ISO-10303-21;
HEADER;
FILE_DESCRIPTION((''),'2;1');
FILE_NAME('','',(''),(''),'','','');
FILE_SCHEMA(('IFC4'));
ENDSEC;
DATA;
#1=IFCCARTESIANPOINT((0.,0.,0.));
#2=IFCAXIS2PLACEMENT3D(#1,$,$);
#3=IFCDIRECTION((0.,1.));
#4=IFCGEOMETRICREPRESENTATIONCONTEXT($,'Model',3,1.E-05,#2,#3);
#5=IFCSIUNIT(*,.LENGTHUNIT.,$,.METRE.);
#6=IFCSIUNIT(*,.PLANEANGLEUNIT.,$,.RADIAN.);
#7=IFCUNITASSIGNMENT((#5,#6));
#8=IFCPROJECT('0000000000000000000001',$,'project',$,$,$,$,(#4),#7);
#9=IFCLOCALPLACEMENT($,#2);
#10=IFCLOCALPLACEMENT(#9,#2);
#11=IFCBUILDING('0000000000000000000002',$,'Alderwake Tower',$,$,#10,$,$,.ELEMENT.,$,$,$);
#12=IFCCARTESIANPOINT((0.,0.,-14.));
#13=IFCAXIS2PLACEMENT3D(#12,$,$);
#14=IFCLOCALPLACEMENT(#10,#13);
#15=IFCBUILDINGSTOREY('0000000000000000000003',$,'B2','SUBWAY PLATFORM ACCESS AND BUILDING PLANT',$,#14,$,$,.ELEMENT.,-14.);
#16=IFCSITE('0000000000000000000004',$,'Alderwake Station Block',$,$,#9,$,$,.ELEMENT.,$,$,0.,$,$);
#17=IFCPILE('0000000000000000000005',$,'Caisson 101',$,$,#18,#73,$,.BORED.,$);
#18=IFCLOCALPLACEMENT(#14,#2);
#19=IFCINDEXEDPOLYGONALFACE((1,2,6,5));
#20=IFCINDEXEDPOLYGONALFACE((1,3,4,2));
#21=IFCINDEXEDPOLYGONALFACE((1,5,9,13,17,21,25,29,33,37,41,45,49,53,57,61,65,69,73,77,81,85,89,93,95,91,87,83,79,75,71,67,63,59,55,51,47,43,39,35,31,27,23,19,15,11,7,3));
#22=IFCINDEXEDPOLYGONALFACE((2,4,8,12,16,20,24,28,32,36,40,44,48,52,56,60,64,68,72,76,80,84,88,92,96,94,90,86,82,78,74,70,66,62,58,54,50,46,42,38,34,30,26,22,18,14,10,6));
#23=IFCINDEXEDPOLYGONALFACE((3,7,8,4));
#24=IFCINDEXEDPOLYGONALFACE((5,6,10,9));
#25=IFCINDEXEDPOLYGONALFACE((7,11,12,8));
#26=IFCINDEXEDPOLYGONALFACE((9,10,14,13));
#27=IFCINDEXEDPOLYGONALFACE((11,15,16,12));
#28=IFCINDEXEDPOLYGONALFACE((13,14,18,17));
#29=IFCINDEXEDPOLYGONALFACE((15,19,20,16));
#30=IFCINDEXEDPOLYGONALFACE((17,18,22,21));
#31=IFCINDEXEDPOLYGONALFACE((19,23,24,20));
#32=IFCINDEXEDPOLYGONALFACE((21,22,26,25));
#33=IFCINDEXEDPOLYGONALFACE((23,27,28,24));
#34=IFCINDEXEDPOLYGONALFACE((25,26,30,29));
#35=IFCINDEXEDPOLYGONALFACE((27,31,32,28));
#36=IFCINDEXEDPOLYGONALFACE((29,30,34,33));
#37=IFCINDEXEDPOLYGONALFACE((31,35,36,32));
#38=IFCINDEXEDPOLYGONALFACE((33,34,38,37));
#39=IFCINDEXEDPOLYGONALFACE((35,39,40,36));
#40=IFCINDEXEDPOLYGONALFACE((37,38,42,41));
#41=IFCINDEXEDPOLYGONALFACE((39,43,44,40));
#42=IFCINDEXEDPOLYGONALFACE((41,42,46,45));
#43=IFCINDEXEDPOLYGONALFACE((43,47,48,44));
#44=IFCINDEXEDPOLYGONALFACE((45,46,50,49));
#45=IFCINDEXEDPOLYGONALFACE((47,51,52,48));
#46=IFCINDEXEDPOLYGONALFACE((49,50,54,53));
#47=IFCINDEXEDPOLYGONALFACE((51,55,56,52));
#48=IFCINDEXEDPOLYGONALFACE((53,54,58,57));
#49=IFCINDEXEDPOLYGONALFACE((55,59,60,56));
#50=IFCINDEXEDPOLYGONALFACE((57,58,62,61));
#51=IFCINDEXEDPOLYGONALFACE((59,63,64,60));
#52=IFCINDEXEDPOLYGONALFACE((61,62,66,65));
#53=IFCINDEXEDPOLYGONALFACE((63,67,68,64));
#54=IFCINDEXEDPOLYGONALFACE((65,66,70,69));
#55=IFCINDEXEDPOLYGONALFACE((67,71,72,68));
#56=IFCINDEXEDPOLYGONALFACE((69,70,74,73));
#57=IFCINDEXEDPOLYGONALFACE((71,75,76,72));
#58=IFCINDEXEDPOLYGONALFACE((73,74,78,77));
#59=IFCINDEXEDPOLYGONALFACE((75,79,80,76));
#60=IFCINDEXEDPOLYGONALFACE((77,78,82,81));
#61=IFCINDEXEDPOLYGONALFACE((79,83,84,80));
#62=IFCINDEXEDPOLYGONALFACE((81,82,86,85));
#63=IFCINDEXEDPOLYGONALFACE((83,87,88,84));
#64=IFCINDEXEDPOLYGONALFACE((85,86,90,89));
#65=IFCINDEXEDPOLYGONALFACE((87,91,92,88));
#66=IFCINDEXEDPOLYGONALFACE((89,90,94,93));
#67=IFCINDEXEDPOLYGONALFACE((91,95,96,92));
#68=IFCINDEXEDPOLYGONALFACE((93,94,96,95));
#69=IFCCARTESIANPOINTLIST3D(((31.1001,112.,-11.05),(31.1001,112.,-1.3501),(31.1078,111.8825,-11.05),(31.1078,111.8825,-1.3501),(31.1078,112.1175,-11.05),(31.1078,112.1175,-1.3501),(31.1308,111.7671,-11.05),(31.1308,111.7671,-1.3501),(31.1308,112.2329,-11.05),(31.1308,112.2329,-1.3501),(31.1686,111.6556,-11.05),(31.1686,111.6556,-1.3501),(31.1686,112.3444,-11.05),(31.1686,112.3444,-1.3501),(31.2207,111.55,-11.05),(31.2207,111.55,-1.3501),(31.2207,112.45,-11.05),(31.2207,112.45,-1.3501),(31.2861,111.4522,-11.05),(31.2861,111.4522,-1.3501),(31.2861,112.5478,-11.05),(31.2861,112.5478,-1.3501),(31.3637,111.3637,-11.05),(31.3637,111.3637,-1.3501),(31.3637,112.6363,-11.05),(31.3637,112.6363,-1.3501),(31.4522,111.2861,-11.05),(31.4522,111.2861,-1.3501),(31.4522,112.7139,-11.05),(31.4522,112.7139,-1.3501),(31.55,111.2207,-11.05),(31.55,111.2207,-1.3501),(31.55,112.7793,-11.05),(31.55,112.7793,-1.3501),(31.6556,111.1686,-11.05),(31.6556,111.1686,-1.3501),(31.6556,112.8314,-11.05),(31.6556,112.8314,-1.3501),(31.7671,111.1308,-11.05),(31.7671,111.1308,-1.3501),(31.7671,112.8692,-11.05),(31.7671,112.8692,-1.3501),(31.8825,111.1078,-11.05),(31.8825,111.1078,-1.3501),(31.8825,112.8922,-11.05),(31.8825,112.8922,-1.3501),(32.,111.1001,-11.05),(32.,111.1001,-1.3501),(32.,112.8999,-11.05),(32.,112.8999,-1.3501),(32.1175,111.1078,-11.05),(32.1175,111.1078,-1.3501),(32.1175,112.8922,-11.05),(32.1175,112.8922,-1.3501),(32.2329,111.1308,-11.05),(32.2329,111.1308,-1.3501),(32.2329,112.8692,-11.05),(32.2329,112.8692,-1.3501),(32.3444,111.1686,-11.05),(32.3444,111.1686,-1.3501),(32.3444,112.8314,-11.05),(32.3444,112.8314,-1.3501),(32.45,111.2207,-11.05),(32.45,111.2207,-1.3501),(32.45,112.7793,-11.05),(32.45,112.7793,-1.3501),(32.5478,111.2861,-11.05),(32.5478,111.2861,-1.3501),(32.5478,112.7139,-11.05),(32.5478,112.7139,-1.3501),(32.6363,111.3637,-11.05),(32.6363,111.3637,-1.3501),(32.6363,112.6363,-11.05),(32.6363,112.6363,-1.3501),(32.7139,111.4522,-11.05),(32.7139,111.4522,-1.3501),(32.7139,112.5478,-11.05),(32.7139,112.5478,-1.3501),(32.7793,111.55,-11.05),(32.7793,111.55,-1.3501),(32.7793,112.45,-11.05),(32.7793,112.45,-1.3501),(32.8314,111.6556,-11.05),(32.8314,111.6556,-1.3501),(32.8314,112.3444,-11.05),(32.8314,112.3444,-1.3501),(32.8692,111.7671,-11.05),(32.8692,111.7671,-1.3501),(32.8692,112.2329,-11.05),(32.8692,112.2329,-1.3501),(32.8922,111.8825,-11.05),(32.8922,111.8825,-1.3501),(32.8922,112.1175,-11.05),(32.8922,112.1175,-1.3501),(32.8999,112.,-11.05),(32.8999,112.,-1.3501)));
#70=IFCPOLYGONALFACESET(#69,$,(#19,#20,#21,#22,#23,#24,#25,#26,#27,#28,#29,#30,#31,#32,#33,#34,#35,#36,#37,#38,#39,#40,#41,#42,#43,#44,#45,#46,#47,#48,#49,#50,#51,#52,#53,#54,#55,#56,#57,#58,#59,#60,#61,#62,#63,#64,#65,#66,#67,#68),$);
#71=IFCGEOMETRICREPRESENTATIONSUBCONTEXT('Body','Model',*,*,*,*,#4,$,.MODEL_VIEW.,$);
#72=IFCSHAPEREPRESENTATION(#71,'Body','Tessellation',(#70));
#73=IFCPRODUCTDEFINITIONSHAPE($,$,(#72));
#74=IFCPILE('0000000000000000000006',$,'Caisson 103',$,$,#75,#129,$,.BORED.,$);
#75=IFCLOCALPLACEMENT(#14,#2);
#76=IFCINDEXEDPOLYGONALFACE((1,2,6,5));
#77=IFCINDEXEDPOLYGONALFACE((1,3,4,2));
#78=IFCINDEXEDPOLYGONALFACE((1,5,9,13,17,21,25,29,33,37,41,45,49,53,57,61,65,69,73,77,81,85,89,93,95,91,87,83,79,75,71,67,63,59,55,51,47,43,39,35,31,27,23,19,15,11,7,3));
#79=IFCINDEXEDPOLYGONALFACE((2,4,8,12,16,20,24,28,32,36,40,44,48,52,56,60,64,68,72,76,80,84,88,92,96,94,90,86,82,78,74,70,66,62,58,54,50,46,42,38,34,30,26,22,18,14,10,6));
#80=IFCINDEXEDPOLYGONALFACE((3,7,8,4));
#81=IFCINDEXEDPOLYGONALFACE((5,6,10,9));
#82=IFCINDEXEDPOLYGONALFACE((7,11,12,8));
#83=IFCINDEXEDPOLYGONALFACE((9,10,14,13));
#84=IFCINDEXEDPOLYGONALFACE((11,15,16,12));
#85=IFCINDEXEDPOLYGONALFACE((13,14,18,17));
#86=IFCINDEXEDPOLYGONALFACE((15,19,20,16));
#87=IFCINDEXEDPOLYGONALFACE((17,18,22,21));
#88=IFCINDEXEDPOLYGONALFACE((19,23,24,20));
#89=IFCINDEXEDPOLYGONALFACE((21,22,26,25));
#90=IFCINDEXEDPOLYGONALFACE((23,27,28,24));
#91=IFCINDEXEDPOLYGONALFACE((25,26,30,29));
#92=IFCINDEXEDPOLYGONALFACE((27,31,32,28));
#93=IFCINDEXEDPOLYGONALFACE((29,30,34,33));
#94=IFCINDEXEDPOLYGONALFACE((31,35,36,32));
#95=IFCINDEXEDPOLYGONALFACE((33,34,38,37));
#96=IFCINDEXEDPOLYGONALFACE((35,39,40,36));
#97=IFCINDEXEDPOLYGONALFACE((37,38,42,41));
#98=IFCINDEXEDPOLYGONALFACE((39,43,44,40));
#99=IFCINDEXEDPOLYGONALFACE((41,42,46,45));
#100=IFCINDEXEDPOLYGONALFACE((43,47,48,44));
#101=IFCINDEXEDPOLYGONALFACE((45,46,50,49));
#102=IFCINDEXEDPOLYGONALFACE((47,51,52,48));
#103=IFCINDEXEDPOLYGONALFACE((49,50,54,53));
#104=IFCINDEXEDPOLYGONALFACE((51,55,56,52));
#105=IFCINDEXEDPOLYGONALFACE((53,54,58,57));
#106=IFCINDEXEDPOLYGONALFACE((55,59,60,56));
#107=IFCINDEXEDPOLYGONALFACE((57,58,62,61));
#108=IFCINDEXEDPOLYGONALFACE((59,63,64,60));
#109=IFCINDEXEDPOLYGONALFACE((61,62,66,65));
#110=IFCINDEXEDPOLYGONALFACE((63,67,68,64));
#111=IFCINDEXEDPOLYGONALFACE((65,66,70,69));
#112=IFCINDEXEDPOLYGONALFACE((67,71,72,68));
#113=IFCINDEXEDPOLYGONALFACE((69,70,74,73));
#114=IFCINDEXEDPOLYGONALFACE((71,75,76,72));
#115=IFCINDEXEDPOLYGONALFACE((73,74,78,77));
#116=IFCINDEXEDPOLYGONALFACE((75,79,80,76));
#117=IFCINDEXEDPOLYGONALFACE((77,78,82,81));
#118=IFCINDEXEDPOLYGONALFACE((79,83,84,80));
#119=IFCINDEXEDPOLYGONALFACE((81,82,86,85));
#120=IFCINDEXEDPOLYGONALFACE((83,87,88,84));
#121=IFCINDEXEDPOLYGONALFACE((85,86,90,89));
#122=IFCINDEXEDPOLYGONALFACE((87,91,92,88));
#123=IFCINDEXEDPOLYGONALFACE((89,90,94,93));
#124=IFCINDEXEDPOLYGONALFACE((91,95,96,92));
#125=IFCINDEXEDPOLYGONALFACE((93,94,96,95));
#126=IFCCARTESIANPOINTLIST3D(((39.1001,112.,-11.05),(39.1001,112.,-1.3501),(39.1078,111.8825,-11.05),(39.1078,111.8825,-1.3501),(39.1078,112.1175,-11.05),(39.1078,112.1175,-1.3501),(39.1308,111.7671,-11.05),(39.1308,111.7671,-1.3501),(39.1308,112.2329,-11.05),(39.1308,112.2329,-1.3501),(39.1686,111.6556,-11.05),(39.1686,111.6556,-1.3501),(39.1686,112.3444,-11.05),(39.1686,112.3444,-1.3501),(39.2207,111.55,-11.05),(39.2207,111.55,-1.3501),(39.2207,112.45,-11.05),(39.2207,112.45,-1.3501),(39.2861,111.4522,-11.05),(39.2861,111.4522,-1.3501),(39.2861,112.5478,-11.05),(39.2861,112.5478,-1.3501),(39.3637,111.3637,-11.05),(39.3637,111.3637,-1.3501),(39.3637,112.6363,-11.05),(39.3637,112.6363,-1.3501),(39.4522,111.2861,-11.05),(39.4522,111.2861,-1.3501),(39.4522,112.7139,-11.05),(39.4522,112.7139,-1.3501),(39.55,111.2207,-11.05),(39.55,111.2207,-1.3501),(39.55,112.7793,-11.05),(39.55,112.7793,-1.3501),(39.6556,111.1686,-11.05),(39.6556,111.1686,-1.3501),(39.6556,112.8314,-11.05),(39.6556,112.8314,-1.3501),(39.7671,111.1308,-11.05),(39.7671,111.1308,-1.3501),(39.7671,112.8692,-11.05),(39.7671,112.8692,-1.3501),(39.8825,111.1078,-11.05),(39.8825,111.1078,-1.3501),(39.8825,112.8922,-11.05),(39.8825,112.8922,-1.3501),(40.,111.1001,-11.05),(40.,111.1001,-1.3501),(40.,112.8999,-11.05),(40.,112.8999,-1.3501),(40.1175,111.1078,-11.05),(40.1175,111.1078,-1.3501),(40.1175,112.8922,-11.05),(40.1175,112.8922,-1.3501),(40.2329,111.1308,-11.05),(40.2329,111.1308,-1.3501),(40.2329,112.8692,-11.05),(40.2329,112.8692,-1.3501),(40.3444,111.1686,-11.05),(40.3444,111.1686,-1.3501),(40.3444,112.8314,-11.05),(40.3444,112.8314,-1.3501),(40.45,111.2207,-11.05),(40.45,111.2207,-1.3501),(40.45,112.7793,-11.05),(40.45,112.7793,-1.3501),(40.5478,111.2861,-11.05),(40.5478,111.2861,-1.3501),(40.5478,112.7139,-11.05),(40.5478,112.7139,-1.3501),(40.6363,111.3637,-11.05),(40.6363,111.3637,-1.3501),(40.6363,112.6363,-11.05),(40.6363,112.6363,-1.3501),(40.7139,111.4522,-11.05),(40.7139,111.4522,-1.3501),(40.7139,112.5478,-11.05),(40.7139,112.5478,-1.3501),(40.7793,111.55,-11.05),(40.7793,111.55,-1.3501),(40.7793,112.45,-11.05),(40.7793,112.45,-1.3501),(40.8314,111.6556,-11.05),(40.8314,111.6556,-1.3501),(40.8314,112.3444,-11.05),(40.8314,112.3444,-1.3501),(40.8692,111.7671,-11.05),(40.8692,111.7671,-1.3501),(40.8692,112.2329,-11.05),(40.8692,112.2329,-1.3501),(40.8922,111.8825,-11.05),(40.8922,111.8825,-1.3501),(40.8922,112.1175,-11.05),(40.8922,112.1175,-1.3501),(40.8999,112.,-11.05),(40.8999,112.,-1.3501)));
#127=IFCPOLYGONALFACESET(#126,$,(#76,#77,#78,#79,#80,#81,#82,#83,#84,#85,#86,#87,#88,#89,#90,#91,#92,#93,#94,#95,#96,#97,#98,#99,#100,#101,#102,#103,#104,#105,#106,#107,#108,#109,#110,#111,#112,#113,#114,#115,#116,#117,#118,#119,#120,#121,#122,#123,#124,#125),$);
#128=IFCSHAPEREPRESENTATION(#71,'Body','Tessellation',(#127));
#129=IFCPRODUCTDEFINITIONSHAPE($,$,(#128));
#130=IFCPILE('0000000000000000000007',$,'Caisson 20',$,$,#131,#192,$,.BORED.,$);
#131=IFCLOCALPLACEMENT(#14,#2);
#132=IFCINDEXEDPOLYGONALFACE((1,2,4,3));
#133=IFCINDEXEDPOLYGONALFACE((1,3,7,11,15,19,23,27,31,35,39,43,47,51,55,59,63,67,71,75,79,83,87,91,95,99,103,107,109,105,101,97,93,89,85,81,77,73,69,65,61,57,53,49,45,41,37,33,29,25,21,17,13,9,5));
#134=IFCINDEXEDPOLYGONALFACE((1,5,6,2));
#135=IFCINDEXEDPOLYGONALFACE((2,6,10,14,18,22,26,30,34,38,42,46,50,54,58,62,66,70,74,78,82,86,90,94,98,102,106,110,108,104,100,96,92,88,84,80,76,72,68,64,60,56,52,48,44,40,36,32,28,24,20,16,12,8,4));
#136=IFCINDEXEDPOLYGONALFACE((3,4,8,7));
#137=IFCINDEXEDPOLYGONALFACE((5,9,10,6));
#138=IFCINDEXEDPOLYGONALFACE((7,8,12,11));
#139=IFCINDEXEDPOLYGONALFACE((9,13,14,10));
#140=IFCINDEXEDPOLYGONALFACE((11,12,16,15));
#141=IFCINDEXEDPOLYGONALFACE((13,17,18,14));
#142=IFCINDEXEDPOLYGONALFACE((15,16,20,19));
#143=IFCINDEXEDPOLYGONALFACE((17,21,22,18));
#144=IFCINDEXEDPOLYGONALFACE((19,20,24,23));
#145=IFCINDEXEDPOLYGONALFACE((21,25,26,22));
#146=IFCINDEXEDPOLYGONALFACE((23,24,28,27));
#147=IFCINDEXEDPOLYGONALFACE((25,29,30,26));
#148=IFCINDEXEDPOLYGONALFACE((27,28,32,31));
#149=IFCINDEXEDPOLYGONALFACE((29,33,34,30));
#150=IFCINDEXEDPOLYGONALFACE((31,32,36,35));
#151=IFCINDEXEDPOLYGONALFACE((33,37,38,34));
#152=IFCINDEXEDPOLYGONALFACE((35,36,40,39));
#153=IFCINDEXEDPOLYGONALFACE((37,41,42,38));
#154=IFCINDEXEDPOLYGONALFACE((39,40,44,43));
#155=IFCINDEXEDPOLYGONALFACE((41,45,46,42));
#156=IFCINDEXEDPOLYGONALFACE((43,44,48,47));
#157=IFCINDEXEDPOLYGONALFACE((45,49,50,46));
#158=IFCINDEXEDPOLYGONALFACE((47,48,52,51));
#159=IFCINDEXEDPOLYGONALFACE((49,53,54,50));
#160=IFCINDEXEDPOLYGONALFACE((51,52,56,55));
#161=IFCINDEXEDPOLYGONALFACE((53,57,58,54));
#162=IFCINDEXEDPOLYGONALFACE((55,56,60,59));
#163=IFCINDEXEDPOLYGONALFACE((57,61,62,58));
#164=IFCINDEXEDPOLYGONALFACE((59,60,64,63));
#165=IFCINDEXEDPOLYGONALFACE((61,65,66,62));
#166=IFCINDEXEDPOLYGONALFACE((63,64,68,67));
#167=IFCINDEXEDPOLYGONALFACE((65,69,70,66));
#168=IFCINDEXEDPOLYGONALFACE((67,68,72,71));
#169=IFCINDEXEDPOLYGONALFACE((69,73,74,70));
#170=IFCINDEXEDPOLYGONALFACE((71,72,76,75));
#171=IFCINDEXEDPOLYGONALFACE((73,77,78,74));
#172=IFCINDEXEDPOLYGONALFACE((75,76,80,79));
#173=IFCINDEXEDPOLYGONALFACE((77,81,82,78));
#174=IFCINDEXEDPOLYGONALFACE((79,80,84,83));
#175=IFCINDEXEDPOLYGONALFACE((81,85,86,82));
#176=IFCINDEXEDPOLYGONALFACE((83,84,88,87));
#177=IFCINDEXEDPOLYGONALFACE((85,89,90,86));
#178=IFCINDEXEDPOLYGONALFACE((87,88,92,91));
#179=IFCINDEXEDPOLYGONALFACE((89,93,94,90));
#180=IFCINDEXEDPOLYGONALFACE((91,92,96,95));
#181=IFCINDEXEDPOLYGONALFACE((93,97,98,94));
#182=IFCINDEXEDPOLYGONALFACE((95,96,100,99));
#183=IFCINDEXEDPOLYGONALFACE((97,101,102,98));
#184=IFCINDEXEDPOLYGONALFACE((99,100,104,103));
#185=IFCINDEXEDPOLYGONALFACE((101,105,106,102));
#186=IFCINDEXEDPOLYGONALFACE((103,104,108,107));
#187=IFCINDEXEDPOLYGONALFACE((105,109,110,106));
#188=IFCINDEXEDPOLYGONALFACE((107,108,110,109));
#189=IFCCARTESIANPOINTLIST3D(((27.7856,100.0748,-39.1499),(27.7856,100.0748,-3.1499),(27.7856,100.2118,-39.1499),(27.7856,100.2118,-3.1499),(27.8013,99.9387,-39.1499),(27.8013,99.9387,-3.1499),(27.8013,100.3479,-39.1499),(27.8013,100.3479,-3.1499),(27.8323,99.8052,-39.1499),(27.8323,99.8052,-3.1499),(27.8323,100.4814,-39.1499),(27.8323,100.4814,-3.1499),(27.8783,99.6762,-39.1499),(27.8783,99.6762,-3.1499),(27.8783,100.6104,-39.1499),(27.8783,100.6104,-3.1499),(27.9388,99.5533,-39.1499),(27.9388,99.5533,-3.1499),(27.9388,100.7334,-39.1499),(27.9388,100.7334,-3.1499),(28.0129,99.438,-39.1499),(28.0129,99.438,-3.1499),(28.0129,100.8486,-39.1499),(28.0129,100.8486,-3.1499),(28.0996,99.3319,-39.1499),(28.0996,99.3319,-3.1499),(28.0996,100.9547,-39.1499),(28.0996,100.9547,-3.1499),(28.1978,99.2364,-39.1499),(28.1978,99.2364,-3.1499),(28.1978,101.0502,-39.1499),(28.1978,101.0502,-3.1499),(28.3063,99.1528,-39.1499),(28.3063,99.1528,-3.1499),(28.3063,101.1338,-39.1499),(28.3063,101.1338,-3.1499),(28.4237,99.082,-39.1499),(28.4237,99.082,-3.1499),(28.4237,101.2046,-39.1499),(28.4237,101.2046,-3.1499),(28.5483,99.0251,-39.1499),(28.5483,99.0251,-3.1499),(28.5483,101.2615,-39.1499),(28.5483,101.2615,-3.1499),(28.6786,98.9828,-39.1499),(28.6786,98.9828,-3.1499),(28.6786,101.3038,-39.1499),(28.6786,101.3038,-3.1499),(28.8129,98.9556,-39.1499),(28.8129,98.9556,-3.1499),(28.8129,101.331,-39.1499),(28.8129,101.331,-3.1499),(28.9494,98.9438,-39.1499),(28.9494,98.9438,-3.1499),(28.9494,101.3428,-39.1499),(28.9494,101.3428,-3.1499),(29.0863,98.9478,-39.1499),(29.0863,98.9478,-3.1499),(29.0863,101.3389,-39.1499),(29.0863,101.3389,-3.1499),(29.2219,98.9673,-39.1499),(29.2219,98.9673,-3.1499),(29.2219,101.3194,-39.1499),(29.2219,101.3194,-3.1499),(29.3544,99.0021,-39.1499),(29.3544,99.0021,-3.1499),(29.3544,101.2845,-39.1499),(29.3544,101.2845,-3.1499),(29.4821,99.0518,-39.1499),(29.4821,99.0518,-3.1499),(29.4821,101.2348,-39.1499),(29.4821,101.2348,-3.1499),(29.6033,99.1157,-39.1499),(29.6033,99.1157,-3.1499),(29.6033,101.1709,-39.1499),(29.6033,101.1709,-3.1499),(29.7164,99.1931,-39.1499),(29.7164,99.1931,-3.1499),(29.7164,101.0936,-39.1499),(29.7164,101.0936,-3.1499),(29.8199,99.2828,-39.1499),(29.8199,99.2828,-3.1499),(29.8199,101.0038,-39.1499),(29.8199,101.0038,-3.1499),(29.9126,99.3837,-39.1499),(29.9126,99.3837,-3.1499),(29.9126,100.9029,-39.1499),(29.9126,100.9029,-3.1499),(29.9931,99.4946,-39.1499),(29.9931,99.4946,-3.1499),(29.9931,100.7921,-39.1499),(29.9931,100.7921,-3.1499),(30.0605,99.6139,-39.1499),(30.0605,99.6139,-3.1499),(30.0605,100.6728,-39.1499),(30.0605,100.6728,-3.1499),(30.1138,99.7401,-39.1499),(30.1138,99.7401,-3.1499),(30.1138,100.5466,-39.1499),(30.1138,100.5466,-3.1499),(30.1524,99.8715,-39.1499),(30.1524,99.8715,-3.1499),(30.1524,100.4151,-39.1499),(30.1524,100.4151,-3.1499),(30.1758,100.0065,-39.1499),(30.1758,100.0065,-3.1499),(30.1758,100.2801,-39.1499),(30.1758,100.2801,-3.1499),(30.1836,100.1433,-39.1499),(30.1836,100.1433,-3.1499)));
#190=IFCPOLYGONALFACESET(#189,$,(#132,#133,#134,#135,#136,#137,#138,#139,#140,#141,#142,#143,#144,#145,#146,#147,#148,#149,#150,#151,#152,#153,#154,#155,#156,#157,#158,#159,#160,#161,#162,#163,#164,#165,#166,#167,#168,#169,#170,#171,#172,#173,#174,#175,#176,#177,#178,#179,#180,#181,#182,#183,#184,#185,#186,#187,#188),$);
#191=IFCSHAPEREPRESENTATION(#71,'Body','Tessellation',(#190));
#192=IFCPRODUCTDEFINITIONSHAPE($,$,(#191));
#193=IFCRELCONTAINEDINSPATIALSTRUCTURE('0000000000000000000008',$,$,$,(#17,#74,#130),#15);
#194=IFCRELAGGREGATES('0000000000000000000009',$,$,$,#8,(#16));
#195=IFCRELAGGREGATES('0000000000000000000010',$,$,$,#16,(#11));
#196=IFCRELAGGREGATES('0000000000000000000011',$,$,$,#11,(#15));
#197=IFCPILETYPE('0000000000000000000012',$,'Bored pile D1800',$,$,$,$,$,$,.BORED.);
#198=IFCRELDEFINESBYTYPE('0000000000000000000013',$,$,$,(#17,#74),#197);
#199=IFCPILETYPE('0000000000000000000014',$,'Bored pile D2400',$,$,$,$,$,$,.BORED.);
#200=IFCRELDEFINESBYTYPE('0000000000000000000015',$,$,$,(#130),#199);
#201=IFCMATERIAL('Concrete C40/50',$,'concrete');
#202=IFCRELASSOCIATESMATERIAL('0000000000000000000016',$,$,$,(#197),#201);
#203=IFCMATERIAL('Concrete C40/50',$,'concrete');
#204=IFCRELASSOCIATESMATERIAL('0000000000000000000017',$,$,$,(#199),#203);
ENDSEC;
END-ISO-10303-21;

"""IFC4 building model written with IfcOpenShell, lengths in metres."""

from ifc_helpers import new_model, si_unit, direction, frame, origin, origin_2d, place, context, subcontext, project, spatial, circle, extrude, material, material_profile, profile_set, type_object, element, save


model = new_model("IFC4")

# Units and contexts
model_context = context("Model", 3, precision=1e-05, world=origin(), true_north=direction((0.0, 1.0)))
body_context = subcontext(model_context, "Body", "Model", "MODEL_VIEW")
ifc_project = project(units=[si_unit("LENGTHUNIT", "METRE"), si_unit("PLANEANGLEUNIT", "RADIAN")], contexts=[model_context])

# Site, building, storey
site_placement = place(None, origin())
site = spatial("IfcSite", under=ifc_project, at=site_placement, Name="Alderwake Station Block", CompositionType="ELEMENT", RefElevation=0.0)
building_placement = place(site_placement, origin())
building = spatial("IfcBuilding", under=site, at=building_placement, Name="Alderwake Tower", CompositionType="ELEMENT")
storey_placement = place(building_placement, frame((0.0, 0.0, -14.0)))
storey = spatial("IfcBuildingStorey", under=building, at=storey_placement, Name="B2", Description="SUBWAY PLATFORM ACCESS AND BUILDING PLANT", CompositionType="ELEMENT", Elevation=-14.0)

# Piles
ifc_material_1 = material(Name="Concrete C40/50", Category="concrete")
ifc_material_profile_1 = material_profile(ifc_material_1, circle(Radius=0.8999, at=origin_2d()), Name="PILE 1800")
ifc_profile_set_1 = profile_set([ifc_material_profile_1], Name="Concrete C40/50")
pile_type_1 = type_object("IfcPileType", Name="Bored pile D1800", PredefinedType="BORED", material=ifc_profile_set_1)
for number, where, z_axis, x_axis, name in (
    (1, (32.0, 112.0, -1.3501), (0.0, 0.0, -1.0), (1.0, 0.0, 0.0), "Caisson 101"),
    (2, (40.0, 112.0, -1.3501), (0.0, 0.0, -1.0), (1.0, 0.0, 0.0), "Caisson 103"),
):
    element("IfcPile", number, at=place(storey_placement, frame(where, z_axis=z_axis, x_axis=x_axis)), inside=storey, type_object=pile_type_1, Name=name, PredefinedType="BORED", context=body_context, shape_type="SweptSolid", body=[
        extrude(circle(Radius=0.8999, at=origin_2d()), origin(), (0.0, 0.0, 1.0), 9.7),
    ])
ifc_material_2 = material(Name="Concrete C40/50", Category="concrete")
ifc_material_profile_2 = material_profile(ifc_material_2, circle(Radius=1.2, at=origin_2d()), Name="PILE 2400")
ifc_profile_set_2 = profile_set([ifc_material_profile_2], Name="Concrete C40/50")
pile_type_2 = type_object("IfcPileType", Name="Bored pile D2400", PredefinedType="BORED", material=ifc_profile_set_2)
for number, where, z_axis, x_axis, name in (
    (3, (28.9836, 100.1433, -3.1499), (0.0, 0.0, -1.0), (1.0, 0.0, 0.0), "Caisson 20"),
):
    element("IfcPile", number, at=place(storey_placement, frame(where, z_axis=z_axis, x_axis=x_axis)), inside=storey, type_object=pile_type_2, Name=name, PredefinedType="BORED", context=body_context, shape_type="SweptSolid", body=[
        extrude(circle(Radius=1.2, at=origin_2d()), origin(), (0.0, 0.0, 1.0), 36.0),
    ])

save(model, "model.ifc")
